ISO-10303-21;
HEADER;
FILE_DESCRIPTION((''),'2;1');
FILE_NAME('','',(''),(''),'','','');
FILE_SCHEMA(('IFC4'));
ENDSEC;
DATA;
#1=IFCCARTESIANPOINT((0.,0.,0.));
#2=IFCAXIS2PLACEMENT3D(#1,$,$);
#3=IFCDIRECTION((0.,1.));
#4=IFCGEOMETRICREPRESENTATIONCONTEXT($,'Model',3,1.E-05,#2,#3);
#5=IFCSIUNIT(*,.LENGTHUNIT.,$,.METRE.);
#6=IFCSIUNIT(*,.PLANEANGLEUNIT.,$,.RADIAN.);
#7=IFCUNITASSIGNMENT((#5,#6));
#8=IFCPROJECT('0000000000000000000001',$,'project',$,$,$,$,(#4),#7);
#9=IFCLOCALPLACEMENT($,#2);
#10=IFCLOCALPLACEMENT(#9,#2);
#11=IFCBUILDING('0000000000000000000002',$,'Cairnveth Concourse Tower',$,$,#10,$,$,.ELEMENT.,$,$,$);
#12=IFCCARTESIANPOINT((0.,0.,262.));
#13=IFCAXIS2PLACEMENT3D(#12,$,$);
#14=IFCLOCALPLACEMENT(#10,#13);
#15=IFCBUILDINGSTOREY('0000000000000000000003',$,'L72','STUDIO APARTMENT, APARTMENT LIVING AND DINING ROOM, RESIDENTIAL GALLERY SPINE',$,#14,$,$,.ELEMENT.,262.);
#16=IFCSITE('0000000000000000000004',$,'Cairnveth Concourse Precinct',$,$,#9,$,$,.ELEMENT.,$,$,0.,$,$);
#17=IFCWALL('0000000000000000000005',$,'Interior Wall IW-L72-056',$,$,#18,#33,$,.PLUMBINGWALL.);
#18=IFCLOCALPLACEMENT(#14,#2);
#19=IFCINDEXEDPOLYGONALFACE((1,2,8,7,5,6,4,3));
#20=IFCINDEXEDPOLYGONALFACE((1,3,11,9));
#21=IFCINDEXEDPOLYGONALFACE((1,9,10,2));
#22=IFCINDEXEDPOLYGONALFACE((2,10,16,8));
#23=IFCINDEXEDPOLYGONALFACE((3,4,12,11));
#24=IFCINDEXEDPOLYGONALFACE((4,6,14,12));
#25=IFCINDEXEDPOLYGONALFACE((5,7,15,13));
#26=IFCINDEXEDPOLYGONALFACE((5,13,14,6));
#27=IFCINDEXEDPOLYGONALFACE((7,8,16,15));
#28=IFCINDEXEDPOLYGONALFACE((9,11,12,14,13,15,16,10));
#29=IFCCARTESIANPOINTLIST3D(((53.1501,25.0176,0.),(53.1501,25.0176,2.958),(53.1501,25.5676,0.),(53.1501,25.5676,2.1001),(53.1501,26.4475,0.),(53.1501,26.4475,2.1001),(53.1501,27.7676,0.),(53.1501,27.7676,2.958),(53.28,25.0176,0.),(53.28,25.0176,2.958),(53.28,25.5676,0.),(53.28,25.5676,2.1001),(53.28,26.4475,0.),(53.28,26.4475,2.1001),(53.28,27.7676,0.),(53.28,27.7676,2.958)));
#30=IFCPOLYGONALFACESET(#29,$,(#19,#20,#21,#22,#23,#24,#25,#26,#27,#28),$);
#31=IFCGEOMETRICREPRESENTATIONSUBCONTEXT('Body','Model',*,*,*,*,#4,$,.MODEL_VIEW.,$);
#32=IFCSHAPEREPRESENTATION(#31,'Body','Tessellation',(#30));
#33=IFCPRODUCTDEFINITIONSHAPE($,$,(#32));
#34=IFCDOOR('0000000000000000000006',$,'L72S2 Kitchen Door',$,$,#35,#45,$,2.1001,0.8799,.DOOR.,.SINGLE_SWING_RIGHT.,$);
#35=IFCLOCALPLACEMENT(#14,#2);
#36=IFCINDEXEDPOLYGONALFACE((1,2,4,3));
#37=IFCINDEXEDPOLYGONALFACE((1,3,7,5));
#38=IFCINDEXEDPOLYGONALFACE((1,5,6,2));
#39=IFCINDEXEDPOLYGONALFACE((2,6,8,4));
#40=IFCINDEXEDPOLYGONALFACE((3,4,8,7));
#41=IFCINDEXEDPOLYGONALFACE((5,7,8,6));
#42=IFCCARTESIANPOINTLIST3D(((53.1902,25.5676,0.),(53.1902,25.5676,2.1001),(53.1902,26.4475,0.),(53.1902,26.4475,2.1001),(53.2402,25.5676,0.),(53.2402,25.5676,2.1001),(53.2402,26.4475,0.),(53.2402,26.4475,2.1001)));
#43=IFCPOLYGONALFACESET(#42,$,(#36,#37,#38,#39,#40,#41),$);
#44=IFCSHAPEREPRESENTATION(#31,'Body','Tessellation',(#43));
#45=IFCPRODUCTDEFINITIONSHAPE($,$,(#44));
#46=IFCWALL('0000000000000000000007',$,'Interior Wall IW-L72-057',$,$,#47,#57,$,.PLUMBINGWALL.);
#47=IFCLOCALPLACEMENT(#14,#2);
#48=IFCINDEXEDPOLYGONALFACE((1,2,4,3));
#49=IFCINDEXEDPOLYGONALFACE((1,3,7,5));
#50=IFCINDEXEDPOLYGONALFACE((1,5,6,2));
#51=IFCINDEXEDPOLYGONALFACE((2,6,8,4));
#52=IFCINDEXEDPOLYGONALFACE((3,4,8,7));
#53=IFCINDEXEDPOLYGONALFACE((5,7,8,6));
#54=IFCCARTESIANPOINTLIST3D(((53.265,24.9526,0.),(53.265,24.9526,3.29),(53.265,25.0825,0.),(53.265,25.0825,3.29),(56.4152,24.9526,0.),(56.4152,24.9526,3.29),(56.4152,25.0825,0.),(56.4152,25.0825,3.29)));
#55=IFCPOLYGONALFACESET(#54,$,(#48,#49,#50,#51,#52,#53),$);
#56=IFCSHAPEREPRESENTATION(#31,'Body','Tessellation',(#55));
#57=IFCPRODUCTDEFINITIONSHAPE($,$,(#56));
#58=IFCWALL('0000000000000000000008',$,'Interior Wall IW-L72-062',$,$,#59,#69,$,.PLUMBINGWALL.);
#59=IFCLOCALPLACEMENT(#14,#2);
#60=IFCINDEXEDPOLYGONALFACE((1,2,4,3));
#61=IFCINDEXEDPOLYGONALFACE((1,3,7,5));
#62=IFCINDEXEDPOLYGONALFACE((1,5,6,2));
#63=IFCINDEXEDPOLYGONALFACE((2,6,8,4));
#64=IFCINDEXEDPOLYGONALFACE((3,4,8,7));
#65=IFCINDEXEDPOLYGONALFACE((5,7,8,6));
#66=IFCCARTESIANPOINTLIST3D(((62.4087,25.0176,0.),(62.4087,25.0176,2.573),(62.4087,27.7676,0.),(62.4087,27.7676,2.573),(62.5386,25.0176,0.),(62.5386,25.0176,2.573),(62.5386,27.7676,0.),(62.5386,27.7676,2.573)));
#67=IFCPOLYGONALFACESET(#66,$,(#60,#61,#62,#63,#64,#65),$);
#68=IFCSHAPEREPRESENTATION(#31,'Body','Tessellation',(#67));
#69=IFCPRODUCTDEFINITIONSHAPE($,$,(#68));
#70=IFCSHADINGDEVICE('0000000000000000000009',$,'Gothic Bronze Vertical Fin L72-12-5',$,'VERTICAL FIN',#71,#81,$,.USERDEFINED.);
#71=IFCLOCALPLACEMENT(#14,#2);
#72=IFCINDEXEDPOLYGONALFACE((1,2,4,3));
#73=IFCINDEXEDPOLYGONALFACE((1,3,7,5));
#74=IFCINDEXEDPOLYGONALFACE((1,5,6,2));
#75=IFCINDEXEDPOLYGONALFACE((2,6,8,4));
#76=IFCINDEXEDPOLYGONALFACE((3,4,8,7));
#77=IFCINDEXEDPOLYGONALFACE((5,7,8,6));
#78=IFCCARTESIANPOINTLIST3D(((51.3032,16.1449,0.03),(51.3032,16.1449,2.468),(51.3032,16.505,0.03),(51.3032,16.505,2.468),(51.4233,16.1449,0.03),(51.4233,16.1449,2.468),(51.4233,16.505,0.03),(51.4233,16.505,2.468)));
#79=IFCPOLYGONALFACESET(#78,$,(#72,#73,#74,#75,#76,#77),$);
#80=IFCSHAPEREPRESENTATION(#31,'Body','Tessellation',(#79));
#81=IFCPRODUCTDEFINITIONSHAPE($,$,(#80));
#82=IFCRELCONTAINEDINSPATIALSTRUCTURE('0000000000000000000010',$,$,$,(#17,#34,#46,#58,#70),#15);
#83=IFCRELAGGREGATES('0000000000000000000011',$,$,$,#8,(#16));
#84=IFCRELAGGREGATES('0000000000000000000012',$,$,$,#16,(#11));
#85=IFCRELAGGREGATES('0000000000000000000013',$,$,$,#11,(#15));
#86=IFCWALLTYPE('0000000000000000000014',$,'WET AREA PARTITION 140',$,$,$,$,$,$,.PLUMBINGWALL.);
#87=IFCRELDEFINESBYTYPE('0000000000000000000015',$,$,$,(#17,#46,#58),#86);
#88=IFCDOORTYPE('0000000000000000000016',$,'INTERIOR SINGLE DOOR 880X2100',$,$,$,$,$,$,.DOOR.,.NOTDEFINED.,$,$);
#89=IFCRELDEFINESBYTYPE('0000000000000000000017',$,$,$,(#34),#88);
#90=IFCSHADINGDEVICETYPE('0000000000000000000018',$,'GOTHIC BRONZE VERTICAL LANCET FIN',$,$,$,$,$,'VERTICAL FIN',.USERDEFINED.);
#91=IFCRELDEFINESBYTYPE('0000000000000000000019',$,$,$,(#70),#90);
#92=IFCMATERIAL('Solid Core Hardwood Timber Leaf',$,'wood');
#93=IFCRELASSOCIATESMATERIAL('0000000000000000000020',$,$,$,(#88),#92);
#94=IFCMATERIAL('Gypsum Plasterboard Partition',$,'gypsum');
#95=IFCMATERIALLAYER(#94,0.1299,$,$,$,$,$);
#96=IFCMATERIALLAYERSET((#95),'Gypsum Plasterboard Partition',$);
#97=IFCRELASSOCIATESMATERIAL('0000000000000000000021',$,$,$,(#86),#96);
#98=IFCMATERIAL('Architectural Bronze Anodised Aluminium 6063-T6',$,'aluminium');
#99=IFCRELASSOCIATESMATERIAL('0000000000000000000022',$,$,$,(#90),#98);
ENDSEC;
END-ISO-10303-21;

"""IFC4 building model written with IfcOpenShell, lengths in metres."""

from ifc_helpers import new_model, si_unit, direction, frame, frame_2d, origin, origin_2d, place, context, subcontext, project, spatial, rectangle, extrude, material, layer, layer_set, type_object, element, fill, save


model = new_model("IFC4")

# Units and contexts
model_context = context("Model", 3, precision=1e-05, world=origin(), true_north=direction((0.0, 1.0)))
body_context = subcontext(model_context, "Body", "Model", "MODEL_VIEW")
ifc_project = project(units=[si_unit("LENGTHUNIT", "METRE"), si_unit("PLANEANGLEUNIT", "RADIAN")], contexts=[model_context])

# Site, building, storey
site_placement = place(None, origin())
site = spatial("IfcSite", under=ifc_project, at=site_placement, Name="Cairnveth Concourse Precinct", CompositionType="ELEMENT", RefElevation=0.0)
building_placement = place(site_placement, origin())
building = spatial("IfcBuilding", under=site, at=building_placement, Name="Cairnveth Concourse Tower", CompositionType="ELEMENT")
storey_placement = place(building_placement, frame((0.0, 0.0, 262.0)))
storey = spatial("IfcBuildingStorey", under=building, at=storey_placement, Name="L72", Description="STUDIO APARTMENT, APARTMENT LIVING AND DINING ROOM, RESIDENTIAL GALLERY SPINE", CompositionType="ELEMENT", Elevation=262.0)

# Shared definitions
ifc_material_1 = material(Name="Gypsum Plasterboard Partition", Category="gypsum")

# Shared definitions
ifc_material_2 = material(Name="Solid Core Hardwood Timber Leaf", Category="wood")
door_type_1 = type_object("IfcDoorType", Name="INTERIOR SINGLE DOOR 880X2100", OperationType="NOTDEFINED", PredefinedType="DOOR", material=ifc_material_2)

# Shared definitions
ifc_layer_1 = layer(ifc_material_1, 0.1299)
ifc_layer_set_1 = layer_set([ifc_layer_1], Name="Gypsum Plasterboard Partition")
wall_type_1 = type_object("IfcWallType", Name="WET AREA PARTITION 140", PredefinedType="PLUMBINGWALL", material=ifc_layer_set_1)

# Wall, opening, door
wall_1_placement = place(storey_placement, frame((53.2151, 25.0176, 0.0), z_axis=(0.0, 0.0, 1.0), x_axis=(0.0, 1.0, 0.0)))
wall_1 = element("IfcWall", 1, at=wall_1_placement, inside=storey, type_object=wall_type_1, Name="Interior Wall IW-L72-056", PredefinedType="PLUMBINGWALL", context=body_context, shape_type="SweptSolid", body=[
    extrude(rectangle(XDim=2.75, YDim=0.1299, at=frame_2d((1.375, 0.0))), origin(), (0.0, 0.0, 1.0), 2.958),
])
opening_1_placement = place(wall_1_placement, frame((0.55, 0.0, 0.0)))
opening_1 = element("IfcOpeningElement", 2, at=opening_1_placement, cuts=wall_1, PredefinedType="OPENING", context=body_context, shape_type="SweptSolid", body=[
    extrude(rectangle(XDim=0.8799, YDim=2.1001, at=frame_2d((0.4399, 1.05))), frame((0.0, 0.075, 0.0), z_axis=(0.0, -1.0, 0.0), x_axis=(1.0, 0.0, 0.0)), (0.0, 0.0, 1.0), 0.1499),
])
door_1_placement = place(opening_1_placement, origin())
door_1 = element("IfcDoor", 3, at=door_1_placement, inside=storey, type_object=door_type_1, Name="L72S2 Kitchen Door", OperationType="SINGLE_SWING_RIGHT", OverallHeight=2.1001, OverallWidth=0.8799, PredefinedType="DOOR", context=body_context, shape_type="SweptSolid", body=[
    extrude(rectangle(XDim=0.8799, YDim=2.1001, at=frame_2d((0.4399, 1.05))), frame((0.0, 0.0249, 0.0), z_axis=(0.0, -1.0, 0.0), x_axis=(1.0, 0.0, 0.0)), (0.0, 0.0, 1.0), 0.05),
])
fill(opening_1, door_1)

# Walls
wall_2_placement = place(storey_placement, frame((53.2649, 25.0176, 0.0), z_axis=(0.0, 0.0, 1.0), x_axis=(1.0, 0.0, 0.0)))
element("IfcWall", 4, at=wall_2_placement, inside=storey, type_object=wall_type_1, Name="Interior Wall IW-L72-057", PredefinedType="PLUMBINGWALL", context=body_context, shape_type="SweptSolid", body=[
    extrude(rectangle(XDim=3.1501, YDim=0.1299, at=frame_2d((1.5752, 0.0))), origin(), (0.0, 0.0, 1.0), 3.29),
])
wall_3_placement = place(storey_placement, frame((62.4736, 25.0176, 0.0), z_axis=(0.0, 0.0, 1.0), x_axis=(0.0, 1.0, 0.0)))
element("IfcWall", 5, at=wall_3_placement, inside=storey, type_object=wall_type_1, Name="Interior Wall IW-L72-062", PredefinedType="PLUMBINGWALL", context=body_context, shape_type="SweptSolid", body=[
    extrude(rectangle(XDim=2.75, YDim=0.1299, at=frame_2d((1.375, 0.0))), origin(), (0.0, 0.0, 1.0), 2.573),
])

# Shading device
ifc_material_3 = material(Name="Architectural Bronze Anodised Aluminium 6063-T6", Category="aluminium")
shading_device_type = type_object("IfcShadingDeviceType", Name="GOTHIC BRONZE VERTICAL LANCET FIN", ElementType="VERTICAL FIN", PredefinedType="USERDEFINED", material=ifc_material_3)
shading_device_placement = place(storey_placement, frame((51.3633, 16.325, 0.03), z_axis=(0.0, 0.0, 1.0), x_axis=(1.0, 0.0, 0.0)))
element("IfcShadingDevice", 6, at=shading_device_placement, inside=storey, type_object=shading_device_type, Name="Gothic Bronze Vertical Fin L72-12-5", ObjectType="VERTICAL FIN", PredefinedType="USERDEFINED", context=body_context, shape_type="SweptSolid", body=[
    extrude(rectangle(XDim=0.1201, YDim=0.3601, at=origin_2d()), origin(), (0.0, 0.0, 1.0), 2.438),
])

save(model, "model.ifc")
